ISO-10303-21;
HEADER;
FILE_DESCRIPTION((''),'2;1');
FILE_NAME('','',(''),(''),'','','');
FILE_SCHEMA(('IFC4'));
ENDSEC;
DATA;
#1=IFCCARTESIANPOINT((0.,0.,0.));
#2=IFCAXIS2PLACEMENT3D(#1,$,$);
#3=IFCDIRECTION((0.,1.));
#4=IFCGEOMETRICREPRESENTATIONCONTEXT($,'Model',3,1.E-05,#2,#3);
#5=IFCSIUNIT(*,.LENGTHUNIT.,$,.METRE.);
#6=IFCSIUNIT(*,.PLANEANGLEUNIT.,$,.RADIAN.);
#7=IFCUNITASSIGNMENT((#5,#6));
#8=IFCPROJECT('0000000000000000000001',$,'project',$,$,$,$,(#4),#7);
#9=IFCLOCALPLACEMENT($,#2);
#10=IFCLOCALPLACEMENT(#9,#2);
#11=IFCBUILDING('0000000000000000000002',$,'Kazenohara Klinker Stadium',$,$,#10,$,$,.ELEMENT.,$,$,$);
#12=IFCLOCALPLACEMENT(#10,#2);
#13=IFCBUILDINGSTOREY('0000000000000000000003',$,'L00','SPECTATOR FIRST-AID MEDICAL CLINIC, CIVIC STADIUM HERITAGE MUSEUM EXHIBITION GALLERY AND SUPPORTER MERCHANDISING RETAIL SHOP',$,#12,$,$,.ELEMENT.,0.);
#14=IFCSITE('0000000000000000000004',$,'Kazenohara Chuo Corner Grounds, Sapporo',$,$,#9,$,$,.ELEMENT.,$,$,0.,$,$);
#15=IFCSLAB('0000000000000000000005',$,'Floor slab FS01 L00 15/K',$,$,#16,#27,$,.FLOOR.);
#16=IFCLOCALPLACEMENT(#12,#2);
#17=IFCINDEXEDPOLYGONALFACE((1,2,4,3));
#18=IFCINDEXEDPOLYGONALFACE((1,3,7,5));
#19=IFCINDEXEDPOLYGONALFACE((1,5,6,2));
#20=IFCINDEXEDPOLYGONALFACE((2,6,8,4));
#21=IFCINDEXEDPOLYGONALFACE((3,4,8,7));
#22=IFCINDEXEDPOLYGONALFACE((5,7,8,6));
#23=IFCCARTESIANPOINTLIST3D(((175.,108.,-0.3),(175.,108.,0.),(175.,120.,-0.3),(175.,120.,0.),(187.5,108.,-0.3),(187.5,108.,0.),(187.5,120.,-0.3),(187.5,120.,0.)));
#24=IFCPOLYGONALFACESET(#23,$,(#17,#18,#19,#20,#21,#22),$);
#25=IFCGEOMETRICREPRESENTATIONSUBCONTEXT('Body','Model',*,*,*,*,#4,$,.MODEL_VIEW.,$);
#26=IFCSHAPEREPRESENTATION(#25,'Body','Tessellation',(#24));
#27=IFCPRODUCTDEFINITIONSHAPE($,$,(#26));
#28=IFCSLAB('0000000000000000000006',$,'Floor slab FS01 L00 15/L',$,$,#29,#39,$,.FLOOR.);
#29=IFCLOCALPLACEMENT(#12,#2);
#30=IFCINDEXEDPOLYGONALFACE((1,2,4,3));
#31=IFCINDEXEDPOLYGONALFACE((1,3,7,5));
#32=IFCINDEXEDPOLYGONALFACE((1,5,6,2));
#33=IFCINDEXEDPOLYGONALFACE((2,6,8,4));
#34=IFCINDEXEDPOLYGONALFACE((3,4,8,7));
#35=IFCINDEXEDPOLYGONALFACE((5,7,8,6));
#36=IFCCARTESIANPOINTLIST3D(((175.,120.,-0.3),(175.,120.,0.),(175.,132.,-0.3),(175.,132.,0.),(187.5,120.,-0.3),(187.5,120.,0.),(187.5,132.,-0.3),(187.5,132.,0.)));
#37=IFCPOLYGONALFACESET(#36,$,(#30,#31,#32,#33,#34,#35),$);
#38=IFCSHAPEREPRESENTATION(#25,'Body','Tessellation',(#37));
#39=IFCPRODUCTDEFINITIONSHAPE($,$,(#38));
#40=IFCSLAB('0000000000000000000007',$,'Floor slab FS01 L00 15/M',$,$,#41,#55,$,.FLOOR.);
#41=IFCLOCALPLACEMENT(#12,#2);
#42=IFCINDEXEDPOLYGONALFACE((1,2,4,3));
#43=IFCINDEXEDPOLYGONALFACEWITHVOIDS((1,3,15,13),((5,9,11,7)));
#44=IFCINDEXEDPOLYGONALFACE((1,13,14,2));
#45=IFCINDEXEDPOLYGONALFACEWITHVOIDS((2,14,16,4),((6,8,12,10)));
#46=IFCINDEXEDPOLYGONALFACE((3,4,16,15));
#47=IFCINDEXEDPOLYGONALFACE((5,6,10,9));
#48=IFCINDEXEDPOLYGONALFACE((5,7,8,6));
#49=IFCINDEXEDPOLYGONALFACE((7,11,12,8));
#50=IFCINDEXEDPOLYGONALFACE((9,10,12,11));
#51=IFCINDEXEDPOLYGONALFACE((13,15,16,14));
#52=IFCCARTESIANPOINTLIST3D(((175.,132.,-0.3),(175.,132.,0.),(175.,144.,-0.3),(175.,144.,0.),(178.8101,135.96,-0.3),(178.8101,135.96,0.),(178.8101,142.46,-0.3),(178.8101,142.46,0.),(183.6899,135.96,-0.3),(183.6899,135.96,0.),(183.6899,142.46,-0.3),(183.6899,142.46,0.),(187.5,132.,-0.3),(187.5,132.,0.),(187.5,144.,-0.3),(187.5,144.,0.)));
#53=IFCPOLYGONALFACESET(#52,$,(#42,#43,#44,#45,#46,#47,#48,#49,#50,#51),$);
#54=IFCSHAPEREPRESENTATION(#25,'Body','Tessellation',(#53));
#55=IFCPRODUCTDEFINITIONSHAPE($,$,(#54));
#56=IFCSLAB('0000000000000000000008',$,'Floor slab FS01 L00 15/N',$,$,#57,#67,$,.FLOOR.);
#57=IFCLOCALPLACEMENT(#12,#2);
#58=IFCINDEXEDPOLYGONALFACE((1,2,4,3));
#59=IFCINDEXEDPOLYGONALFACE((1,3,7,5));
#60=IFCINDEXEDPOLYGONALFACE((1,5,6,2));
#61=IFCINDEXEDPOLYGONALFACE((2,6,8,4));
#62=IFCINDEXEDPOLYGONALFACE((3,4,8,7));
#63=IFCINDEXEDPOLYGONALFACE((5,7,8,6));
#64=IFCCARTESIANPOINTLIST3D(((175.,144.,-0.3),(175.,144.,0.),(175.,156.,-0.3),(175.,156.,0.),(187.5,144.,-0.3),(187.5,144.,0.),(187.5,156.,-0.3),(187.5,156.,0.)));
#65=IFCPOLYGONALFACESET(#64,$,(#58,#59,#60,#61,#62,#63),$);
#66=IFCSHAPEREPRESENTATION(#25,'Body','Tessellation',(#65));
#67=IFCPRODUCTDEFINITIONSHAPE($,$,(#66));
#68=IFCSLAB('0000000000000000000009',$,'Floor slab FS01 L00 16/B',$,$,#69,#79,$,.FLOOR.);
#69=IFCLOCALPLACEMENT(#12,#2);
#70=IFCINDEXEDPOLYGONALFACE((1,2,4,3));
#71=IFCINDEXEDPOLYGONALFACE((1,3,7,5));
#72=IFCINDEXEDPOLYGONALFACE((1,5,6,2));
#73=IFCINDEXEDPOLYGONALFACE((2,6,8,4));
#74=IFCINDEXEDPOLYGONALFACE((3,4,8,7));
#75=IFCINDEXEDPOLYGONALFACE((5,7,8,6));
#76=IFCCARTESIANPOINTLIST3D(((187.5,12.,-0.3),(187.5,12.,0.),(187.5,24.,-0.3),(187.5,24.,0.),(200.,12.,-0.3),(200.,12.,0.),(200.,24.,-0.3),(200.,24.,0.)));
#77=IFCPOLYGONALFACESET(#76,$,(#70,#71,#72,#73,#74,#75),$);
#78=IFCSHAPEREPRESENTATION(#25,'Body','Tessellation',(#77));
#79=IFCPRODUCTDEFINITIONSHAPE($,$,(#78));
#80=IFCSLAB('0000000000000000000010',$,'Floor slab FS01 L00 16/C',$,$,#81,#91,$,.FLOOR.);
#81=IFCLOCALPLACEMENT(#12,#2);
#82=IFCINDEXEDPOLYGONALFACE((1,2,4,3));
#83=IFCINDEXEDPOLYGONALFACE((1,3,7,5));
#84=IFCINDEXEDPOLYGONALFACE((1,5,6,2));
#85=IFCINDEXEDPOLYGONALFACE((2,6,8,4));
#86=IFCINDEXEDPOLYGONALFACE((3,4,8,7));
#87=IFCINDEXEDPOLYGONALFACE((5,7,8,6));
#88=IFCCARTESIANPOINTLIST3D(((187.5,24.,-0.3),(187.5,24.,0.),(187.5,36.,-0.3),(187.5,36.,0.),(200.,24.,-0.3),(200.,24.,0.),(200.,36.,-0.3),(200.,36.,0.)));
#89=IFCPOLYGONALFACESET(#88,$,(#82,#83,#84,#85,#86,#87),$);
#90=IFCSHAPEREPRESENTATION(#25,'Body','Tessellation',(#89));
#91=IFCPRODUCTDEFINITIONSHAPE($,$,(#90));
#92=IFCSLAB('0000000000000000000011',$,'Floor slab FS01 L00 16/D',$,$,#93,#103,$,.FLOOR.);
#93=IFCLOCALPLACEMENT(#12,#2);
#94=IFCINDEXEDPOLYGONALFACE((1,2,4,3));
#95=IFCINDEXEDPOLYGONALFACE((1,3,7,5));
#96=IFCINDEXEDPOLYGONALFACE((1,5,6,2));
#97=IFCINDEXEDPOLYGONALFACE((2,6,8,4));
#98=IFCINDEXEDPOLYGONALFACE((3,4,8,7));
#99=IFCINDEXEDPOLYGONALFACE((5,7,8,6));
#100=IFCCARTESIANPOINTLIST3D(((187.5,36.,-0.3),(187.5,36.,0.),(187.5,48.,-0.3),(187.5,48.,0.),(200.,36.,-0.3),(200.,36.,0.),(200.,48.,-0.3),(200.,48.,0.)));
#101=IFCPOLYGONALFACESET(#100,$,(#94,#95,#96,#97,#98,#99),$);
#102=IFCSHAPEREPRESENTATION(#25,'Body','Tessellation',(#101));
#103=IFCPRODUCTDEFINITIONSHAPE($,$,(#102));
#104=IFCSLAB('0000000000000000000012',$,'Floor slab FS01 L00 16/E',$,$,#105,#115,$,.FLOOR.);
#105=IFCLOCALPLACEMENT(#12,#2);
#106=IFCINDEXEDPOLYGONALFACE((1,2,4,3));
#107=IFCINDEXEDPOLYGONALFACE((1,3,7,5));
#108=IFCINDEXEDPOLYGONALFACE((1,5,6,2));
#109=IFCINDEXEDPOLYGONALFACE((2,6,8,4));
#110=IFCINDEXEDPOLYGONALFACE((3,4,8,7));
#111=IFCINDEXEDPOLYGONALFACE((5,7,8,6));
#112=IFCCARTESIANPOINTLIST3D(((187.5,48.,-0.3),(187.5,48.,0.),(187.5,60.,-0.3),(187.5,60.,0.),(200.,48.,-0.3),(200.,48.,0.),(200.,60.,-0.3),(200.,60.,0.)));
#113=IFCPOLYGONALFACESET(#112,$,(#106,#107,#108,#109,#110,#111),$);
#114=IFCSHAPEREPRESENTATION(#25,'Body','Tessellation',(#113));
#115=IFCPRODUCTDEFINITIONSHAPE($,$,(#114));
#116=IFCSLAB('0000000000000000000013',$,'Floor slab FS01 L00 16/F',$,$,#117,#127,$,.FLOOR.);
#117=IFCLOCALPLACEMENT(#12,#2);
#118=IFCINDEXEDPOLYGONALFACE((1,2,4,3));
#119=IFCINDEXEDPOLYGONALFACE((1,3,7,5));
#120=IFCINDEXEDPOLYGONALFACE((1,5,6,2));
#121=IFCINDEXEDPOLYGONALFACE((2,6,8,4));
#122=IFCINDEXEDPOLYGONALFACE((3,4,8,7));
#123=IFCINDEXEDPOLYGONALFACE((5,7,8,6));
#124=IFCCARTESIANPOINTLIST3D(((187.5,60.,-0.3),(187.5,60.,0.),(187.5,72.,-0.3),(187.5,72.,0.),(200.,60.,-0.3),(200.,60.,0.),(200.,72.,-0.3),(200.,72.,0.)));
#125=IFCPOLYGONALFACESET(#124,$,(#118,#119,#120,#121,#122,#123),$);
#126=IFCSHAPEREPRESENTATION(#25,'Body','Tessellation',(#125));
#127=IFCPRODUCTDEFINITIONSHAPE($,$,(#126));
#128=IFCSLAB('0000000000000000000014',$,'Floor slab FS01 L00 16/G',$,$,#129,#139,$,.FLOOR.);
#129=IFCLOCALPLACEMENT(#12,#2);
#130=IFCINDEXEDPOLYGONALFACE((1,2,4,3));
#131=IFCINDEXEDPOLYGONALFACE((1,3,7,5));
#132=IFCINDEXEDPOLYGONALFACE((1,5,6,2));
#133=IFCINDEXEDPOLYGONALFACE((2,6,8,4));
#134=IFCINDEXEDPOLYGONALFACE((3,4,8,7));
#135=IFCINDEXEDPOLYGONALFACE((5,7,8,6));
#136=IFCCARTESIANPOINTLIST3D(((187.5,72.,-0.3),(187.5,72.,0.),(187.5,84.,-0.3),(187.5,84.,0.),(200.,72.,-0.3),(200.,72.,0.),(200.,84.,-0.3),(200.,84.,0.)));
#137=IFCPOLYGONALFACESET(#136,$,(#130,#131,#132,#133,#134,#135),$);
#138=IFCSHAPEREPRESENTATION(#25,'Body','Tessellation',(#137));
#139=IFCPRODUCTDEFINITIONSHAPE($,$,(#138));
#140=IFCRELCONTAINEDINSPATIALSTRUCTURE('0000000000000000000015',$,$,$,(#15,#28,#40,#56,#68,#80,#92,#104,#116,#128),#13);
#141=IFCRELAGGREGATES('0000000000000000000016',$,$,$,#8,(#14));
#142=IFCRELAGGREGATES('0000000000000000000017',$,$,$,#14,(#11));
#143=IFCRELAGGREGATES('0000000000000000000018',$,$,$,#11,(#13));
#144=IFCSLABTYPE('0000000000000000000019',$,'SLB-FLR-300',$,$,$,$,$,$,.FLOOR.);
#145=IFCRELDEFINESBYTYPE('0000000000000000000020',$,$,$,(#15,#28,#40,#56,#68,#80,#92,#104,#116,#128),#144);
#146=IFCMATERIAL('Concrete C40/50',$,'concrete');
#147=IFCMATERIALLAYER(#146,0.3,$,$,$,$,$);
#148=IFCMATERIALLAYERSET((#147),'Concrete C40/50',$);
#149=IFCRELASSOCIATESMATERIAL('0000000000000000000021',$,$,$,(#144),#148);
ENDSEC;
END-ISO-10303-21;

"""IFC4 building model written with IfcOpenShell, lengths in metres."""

from ifc_helpers import new_model, si_unit, direction, frame, origin, place, context, subcontext, project, spatial, polyline, outline, extrude, material, layer, layer_set, type_object, element, save


model = new_model("IFC4")

# Units and contexts
model_context = context("Model", 3, precision=1e-05, world=origin(), true_north=direction((0.0, 1.0)))
body_context = subcontext(model_context, "Body", "Model", "MODEL_VIEW")
ifc_project = project(units=[si_unit("LENGTHUNIT", "METRE"), si_unit("PLANEANGLEUNIT", "RADIAN")], contexts=[model_context])

# Site, building, storey
site_placement = place(None, origin())
site = spatial("IfcSite", under=ifc_project, at=site_placement, Name="Kazenohara Chuo Corner Grounds, Sapporo", CompositionType="ELEMENT", RefElevation=0.0)
building_placement = place(site_placement, origin())
building = spatial("IfcBuilding", under=site, at=building_placement, Name="Kazenohara Klinker Stadium", CompositionType="ELEMENT")
storey_placement = place(building_placement, origin())
storey = spatial("IfcBuildingStorey", under=building, at=storey_placement, Name="L00", Description="SPECTATOR FIRST-AID MEDICAL CLINIC, CIVIC STADIUM HERITAGE MUSEUM EXHIBITION GALLERY AND SUPPORTER MERCHANDISING RETAIL SHOP", CompositionType="ELEMENT", Elevation=0.0)

# Slabs
ifc_material = material(Name="Concrete C40/50", Category="concrete")
ifc_layer = layer(ifc_material, 0.3)
ifc_layer_set = layer_set([ifc_layer], Name="Concrete C40/50")
slab_type = type_object("IfcSlabType", Name="SLB-FLR-300", PredefinedType="FLOOR", material=ifc_layer_set)
slab_1_placement = place(storey_placement, frame((0.0, 0.0, -0.3)))
element("IfcSlab", 1, at=slab_1_placement, inside=storey, type_object=slab_type, Name="Floor slab FS01 L00 15/K", PredefinedType="FLOOR", context=body_context, shape_type="SweptSolid", body=[
    extrude(outline(polyline([(175.0, 108.0), (187.5, 108.0), (187.5, 120.0), (175.0, 120.0), (175.0, 108.0)])), origin(), (0.0, 0.0, 1.0), 0.3),
])
slab_2_placement = place(storey_placement, frame((0.0, 0.0, -0.3)))
element("IfcSlab", 2, at=slab_2_placement, inside=storey, type_object=slab_type, Name="Floor slab FS01 L00 15/L", PredefinedType="FLOOR", context=body_context, shape_type="SweptSolid", body=[
    extrude(outline(polyline([(175.0, 120.0), (187.5, 120.0), (187.5, 132.0), (175.0, 132.0), (175.0, 120.0)])), origin(), (0.0, 0.0, 1.0), 0.3),
])
slab_3_placement = place(storey_placement, frame((0.0, 0.0, -0.3)))
element("IfcSlab", 3, at=slab_3_placement, inside=storey, type_object=slab_type, Name="Floor slab FS01 L00 15/M", PredefinedType="FLOOR", context=body_context, shape_type="SweptSolid", body=[
    extrude(outline(polyline([(175.0, 132.0), (187.5, 132.0), (187.5, 144.0), (175.0, 144.0), (175.0, 132.0)]), holes=[polyline([(183.6899, 135.96), (183.6899, 142.46), (178.8101, 142.46), (178.8101, 135.96), (183.6899, 135.96)])]), origin(), (0.0, 0.0, 1.0), 0.3),
])
slab_4_placement = place(storey_placement, frame((0.0, 0.0, -0.3)))
element("IfcSlab", 4, at=slab_4_placement, inside=storey, type_object=slab_type, Name="Floor slab FS01 L00 15/N", PredefinedType="FLOOR", context=body_context, shape_type="SweptSolid", body=[
    extrude(outline(polyline([(175.0, 144.0), (187.5, 144.0), (187.5, 156.0), (175.0, 156.0), (175.0, 144.0)])), origin(), (0.0, 0.0, 1.0), 0.3),
])
slab_5_placement = place(storey_placement, frame((0.0, 0.0, -0.3)))
element("IfcSlab", 5, at=slab_5_placement, inside=storey, type_object=slab_type, Name="Floor slab FS01 L00 16/B", PredefinedType="FLOOR", context=body_context, shape_type="SweptSolid", body=[
    extrude(outline(polyline([(187.5, 12.0), (200.0, 12.0), (200.0, 24.0), (187.5, 24.0), (187.5, 12.0)])), origin(), (0.0, 0.0, 1.0), 0.3),
])
slab_6_placement = place(storey_placement, frame((0.0, 0.0, -0.3)))
element("IfcSlab", 6, at=slab_6_placement, inside=storey, type_object=slab_type, Name="Floor slab FS01 L00 16/C", PredefinedType="FLOOR", context=body_context, shape_type="SweptSolid", body=[
    extrude(outline(polyline([(187.5, 24.0), (200.0, 24.0), (200.0, 36.0), (187.5, 36.0), (187.5, 24.0)])), origin(), (0.0, 0.0, 1.0), 0.3),
])
slab_7_placement = place(storey_placement, frame((0.0, 0.0, -0.3)))
element("IfcSlab", 7, at=slab_7_placement, inside=storey, type_object=slab_type, Name="Floor slab FS01 L00 16/D", PredefinedType="FLOOR", context=body_context, shape_type="SweptSolid", body=[
    extrude(outline(polyline([(187.5, 36.0), (200.0, 36.0), (200.0, 48.0), (187.5, 48.0), (187.5, 36.0)])), origin(), (0.0, 0.0, 1.0), 0.3),
])
slab_8_placement = place(storey_placement, frame((0.0, 0.0, -0.3)))
element("IfcSlab", 8, at=slab_8_placement, inside=storey, type_object=slab_type, Name="Floor slab FS01 L00 16/E", PredefinedType="FLOOR", context=body_context, shape_type="SweptSolid", body=[
    extrude(outline(polyline([(187.5, 48.0), (200.0, 48.0), (200.0, 60.0), (187.5, 60.0), (187.5, 48.0)])), origin(), (0.0, 0.0, 1.0), 0.3),
])
slab_9_placement = place(storey_placement, frame((0.0, 0.0, -0.3)))
element("IfcSlab", 9, at=slab_9_placement, inside=storey, type_object=slab_type, Name="Floor slab FS01 L00 16/F", PredefinedType="FLOOR", context=body_context, shape_type="SweptSolid", body=[
    extrude(outline(polyline([(187.5, 60.0), (200.0, 60.0), (200.0, 72.0), (187.5, 72.0), (187.5, 60.0)])), origin(), (0.0, 0.0, 1.0), 0.3),
])
slab_10_placement = place(storey_placement, frame((0.0, 0.0, -0.3)))
element("IfcSlab", 10, at=slab_10_placement, inside=storey, type_object=slab_type, Name="Floor slab FS01 L00 16/G", PredefinedType="FLOOR", context=body_context, shape_type="SweptSolid", body=[
    extrude(outline(polyline([(187.5, 72.0), (200.0, 72.0), (200.0, 84.0), (187.5, 84.0), (187.5, 72.0)])), origin(), (0.0, 0.0, 1.0), 0.3),
])

save(model, "model.ifc")
